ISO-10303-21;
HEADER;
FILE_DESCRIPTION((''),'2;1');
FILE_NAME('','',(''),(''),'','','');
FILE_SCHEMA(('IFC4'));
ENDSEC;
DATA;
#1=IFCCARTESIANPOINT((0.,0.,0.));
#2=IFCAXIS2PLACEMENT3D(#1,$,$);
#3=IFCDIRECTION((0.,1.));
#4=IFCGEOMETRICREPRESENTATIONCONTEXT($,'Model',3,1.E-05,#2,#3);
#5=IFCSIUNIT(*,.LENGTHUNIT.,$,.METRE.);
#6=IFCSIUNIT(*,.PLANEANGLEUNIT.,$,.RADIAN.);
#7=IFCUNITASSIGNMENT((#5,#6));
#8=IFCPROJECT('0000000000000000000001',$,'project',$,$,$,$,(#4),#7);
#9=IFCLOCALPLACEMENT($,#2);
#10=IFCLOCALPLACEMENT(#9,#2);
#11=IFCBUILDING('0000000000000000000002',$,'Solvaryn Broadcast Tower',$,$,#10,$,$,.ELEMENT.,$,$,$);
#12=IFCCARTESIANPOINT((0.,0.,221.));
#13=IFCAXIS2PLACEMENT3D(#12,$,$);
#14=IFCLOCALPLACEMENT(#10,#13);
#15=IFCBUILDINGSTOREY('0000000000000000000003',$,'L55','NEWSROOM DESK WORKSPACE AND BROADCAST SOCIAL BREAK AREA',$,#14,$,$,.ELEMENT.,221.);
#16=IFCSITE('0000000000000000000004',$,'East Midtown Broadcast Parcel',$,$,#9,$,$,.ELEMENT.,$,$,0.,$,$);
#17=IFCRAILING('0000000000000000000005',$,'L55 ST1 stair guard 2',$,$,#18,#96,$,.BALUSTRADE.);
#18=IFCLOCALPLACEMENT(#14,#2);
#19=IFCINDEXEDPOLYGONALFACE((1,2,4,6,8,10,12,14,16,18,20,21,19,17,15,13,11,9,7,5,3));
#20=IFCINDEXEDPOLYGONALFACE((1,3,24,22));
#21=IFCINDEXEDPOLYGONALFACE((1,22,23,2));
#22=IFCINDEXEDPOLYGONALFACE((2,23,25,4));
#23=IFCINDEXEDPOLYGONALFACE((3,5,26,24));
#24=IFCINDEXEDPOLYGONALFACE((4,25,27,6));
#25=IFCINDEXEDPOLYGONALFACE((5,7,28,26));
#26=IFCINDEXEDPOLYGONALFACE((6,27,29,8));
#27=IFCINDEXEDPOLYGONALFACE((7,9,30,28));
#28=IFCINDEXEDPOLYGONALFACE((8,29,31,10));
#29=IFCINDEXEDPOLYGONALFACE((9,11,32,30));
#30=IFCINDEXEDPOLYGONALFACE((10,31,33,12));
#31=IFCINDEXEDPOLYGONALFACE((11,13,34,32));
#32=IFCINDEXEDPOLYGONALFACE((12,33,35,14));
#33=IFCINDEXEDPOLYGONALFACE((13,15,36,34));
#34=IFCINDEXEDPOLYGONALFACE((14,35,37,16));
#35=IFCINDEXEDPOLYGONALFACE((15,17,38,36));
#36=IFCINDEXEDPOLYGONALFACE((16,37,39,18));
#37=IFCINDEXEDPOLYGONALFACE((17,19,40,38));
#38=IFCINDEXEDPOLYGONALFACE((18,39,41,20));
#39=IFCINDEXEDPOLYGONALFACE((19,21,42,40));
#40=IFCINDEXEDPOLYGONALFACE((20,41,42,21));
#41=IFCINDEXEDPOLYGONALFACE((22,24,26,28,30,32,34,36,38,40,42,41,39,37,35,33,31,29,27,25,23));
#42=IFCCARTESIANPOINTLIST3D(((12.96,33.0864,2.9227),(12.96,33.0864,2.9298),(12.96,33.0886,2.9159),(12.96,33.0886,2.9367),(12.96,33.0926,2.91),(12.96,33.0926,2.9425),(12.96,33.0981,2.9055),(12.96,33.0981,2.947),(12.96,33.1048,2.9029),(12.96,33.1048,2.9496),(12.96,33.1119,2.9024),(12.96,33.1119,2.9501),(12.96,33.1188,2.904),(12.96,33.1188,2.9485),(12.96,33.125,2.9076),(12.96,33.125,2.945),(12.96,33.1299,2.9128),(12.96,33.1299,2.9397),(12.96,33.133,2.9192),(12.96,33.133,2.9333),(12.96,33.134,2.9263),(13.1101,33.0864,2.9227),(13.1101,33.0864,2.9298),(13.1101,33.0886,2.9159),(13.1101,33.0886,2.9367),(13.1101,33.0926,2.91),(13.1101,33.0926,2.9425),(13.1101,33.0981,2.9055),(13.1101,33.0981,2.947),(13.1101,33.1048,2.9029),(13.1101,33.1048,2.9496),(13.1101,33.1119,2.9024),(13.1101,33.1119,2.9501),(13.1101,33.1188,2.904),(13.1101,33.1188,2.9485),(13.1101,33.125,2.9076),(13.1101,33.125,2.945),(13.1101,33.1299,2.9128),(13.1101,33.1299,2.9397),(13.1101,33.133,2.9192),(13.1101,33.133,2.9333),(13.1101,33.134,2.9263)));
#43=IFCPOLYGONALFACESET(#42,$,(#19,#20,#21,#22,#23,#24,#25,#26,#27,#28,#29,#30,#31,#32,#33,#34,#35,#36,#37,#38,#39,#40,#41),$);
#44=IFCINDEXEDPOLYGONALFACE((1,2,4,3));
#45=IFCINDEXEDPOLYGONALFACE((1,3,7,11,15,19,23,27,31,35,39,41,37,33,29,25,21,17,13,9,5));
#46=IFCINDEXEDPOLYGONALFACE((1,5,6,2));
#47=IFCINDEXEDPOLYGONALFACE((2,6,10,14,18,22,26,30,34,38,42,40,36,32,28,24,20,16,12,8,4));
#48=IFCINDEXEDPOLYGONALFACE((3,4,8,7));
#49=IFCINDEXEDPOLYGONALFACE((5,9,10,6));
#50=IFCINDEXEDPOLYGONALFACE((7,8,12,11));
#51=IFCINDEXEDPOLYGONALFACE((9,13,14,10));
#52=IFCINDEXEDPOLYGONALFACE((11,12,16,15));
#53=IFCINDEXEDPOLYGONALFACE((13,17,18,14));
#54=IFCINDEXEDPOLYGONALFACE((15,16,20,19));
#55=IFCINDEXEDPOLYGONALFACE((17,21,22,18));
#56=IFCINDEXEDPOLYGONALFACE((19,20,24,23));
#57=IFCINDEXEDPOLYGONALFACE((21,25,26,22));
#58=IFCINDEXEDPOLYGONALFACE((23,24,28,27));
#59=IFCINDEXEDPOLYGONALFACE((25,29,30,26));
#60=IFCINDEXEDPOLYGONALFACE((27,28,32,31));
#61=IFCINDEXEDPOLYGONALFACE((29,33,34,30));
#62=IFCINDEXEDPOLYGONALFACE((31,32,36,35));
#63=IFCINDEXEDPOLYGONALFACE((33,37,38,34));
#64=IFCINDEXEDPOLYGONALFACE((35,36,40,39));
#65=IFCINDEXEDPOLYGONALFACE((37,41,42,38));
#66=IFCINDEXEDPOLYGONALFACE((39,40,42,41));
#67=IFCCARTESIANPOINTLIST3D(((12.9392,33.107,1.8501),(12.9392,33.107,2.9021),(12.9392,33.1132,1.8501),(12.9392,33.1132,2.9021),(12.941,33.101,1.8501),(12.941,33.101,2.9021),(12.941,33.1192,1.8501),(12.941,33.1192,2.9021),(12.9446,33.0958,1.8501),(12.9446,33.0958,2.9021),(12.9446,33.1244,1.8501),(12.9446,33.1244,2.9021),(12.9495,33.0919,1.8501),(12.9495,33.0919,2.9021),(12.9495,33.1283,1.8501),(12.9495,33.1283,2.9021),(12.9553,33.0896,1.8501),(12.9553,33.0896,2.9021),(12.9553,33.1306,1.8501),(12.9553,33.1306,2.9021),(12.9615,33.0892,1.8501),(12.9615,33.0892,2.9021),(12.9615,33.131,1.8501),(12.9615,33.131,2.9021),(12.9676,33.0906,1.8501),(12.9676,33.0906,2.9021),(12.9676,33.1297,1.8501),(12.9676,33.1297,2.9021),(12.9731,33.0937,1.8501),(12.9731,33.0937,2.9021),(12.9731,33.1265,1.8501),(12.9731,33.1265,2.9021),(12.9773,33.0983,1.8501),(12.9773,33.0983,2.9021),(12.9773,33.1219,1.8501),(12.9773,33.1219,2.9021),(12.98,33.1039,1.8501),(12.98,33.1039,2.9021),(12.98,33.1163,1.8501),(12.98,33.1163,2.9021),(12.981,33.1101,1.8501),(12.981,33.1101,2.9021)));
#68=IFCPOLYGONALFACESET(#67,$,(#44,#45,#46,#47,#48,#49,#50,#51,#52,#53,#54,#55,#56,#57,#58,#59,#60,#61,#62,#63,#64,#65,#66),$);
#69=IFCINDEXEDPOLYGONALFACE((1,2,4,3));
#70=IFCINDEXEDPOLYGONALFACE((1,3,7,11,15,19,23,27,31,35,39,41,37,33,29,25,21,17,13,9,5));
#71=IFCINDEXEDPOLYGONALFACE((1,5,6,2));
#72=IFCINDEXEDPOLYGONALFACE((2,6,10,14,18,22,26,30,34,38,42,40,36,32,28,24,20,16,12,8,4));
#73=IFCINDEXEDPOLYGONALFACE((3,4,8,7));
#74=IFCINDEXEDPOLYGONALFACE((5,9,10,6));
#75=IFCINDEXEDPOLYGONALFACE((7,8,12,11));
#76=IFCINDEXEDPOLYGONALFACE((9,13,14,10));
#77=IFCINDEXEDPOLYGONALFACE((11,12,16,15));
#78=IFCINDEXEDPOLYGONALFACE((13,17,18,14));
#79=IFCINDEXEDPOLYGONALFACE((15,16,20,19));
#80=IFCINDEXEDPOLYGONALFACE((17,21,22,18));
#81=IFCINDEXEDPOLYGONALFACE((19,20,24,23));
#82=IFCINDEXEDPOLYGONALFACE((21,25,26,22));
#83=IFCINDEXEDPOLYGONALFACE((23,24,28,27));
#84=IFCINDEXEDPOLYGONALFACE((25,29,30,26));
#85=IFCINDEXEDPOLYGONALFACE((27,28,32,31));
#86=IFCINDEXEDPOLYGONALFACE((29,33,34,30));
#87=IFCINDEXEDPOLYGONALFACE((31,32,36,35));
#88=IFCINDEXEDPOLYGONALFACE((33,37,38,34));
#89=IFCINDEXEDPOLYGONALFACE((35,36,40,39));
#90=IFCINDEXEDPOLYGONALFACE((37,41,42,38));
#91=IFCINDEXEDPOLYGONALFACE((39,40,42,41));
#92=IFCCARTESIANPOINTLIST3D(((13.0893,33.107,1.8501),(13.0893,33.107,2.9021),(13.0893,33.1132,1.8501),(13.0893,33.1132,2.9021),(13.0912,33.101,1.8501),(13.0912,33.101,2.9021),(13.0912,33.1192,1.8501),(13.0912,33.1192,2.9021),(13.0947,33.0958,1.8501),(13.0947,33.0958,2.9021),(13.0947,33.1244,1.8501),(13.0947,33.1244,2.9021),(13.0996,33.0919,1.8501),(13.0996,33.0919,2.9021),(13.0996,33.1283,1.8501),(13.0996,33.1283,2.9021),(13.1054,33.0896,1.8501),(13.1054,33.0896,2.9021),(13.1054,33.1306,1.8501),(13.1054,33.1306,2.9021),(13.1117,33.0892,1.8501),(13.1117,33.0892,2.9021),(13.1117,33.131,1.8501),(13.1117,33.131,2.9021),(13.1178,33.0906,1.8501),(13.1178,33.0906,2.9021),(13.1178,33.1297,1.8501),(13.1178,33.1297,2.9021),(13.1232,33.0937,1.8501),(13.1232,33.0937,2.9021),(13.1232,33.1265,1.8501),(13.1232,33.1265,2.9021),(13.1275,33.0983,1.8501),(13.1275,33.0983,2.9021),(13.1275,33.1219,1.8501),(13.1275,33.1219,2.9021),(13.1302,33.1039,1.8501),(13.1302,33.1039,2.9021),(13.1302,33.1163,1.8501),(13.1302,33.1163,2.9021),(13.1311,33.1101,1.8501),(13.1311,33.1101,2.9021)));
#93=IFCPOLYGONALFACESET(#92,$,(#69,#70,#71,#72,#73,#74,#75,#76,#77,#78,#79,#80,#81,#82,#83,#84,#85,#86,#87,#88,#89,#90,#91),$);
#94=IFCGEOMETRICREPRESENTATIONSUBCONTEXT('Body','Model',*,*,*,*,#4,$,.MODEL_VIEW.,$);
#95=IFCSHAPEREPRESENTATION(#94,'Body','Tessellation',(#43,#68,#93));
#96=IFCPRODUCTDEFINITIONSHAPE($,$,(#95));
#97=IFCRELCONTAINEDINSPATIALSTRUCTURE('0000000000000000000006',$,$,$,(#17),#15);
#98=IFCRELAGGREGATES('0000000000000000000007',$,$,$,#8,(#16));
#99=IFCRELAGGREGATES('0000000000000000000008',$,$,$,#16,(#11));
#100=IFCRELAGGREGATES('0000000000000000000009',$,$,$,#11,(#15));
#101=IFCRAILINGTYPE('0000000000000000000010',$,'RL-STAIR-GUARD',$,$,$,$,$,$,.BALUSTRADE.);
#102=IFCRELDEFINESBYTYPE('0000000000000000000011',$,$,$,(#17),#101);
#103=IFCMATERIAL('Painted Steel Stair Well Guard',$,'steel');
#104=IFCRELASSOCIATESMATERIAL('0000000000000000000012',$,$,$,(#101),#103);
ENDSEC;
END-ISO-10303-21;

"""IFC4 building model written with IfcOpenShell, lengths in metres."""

from ifc_helpers import new_model, si_unit, direction, frame, origin, origin_2d, place, context, subcontext, project, spatial, circle, extrude, material, type_object, element, save


model = new_model("IFC4")

# Units and contexts
model_context = context("Model", 3, precision=1e-05, world=origin(), true_north=direction((0.0, 1.0)))
body_context = subcontext(model_context, "Body", "Model", "MODEL_VIEW")
ifc_project = project(units=[si_unit("LENGTHUNIT", "METRE"), si_unit("PLANEANGLEUNIT", "RADIAN")], contexts=[model_context])

# Site, building, storey
site_placement = place(None, origin())
site = spatial("IfcSite", under=ifc_project, at=site_placement, Name="East Midtown Broadcast Parcel", CompositionType="ELEMENT", RefElevation=0.0)
building_placement = place(site_placement, origin())
building = spatial("IfcBuilding", under=site, at=building_placement, Name="Solvaryn Broadcast Tower", CompositionType="ELEMENT")
storey_placement = place(building_placement, frame((0.0, 0.0, 221.0)))
storey = spatial("IfcBuildingStorey", under=building, at=storey_placement, Name="L55", Description="NEWSROOM DESK WORKSPACE AND BROADCAST SOCIAL BREAK AREA", CompositionType="ELEMENT", Elevation=221.0)

# Railing
ifc_material_1 = material(Name="Painted Steel Stair Well Guard", Category="steel")
railing_type_1 = type_object("IfcRailingType", Name="RL-STAIR-GUARD", PredefinedType="BALUSTRADE", material=ifc_material_1)
railing_1_placement = place(storey_placement, frame((12.96, 33.1101, 1.8501)))
element("IfcRailing", 1, at=railing_1_placement, inside=storey, type_object=railing_type_1, Name="L55 ST1 stair guard 2", PredefinedType="BALUSTRADE", context=body_context, shape_type="SweptSolid", body=[
    extrude(circle(Radius=0.0239, at=origin_2d()), frame((0.0, 0.0, 1.0762), z_axis=(1.0, 0.0, 0.0), x_axis=(0.0, 1.0, 0.0)), (0.0, 0.0, 1.0), 0.1501),
    extrude(circle(Radius=0.021, at=origin_2d()), origin(), (0.0, 0.0, 1.0), 1.052),
    extrude(circle(Radius=0.021, at=origin_2d()), frame((0.1501, 0.0, 0.0)), (0.0, 0.0, 1.0), 1.052),
])

save(model, "model.ifc")
